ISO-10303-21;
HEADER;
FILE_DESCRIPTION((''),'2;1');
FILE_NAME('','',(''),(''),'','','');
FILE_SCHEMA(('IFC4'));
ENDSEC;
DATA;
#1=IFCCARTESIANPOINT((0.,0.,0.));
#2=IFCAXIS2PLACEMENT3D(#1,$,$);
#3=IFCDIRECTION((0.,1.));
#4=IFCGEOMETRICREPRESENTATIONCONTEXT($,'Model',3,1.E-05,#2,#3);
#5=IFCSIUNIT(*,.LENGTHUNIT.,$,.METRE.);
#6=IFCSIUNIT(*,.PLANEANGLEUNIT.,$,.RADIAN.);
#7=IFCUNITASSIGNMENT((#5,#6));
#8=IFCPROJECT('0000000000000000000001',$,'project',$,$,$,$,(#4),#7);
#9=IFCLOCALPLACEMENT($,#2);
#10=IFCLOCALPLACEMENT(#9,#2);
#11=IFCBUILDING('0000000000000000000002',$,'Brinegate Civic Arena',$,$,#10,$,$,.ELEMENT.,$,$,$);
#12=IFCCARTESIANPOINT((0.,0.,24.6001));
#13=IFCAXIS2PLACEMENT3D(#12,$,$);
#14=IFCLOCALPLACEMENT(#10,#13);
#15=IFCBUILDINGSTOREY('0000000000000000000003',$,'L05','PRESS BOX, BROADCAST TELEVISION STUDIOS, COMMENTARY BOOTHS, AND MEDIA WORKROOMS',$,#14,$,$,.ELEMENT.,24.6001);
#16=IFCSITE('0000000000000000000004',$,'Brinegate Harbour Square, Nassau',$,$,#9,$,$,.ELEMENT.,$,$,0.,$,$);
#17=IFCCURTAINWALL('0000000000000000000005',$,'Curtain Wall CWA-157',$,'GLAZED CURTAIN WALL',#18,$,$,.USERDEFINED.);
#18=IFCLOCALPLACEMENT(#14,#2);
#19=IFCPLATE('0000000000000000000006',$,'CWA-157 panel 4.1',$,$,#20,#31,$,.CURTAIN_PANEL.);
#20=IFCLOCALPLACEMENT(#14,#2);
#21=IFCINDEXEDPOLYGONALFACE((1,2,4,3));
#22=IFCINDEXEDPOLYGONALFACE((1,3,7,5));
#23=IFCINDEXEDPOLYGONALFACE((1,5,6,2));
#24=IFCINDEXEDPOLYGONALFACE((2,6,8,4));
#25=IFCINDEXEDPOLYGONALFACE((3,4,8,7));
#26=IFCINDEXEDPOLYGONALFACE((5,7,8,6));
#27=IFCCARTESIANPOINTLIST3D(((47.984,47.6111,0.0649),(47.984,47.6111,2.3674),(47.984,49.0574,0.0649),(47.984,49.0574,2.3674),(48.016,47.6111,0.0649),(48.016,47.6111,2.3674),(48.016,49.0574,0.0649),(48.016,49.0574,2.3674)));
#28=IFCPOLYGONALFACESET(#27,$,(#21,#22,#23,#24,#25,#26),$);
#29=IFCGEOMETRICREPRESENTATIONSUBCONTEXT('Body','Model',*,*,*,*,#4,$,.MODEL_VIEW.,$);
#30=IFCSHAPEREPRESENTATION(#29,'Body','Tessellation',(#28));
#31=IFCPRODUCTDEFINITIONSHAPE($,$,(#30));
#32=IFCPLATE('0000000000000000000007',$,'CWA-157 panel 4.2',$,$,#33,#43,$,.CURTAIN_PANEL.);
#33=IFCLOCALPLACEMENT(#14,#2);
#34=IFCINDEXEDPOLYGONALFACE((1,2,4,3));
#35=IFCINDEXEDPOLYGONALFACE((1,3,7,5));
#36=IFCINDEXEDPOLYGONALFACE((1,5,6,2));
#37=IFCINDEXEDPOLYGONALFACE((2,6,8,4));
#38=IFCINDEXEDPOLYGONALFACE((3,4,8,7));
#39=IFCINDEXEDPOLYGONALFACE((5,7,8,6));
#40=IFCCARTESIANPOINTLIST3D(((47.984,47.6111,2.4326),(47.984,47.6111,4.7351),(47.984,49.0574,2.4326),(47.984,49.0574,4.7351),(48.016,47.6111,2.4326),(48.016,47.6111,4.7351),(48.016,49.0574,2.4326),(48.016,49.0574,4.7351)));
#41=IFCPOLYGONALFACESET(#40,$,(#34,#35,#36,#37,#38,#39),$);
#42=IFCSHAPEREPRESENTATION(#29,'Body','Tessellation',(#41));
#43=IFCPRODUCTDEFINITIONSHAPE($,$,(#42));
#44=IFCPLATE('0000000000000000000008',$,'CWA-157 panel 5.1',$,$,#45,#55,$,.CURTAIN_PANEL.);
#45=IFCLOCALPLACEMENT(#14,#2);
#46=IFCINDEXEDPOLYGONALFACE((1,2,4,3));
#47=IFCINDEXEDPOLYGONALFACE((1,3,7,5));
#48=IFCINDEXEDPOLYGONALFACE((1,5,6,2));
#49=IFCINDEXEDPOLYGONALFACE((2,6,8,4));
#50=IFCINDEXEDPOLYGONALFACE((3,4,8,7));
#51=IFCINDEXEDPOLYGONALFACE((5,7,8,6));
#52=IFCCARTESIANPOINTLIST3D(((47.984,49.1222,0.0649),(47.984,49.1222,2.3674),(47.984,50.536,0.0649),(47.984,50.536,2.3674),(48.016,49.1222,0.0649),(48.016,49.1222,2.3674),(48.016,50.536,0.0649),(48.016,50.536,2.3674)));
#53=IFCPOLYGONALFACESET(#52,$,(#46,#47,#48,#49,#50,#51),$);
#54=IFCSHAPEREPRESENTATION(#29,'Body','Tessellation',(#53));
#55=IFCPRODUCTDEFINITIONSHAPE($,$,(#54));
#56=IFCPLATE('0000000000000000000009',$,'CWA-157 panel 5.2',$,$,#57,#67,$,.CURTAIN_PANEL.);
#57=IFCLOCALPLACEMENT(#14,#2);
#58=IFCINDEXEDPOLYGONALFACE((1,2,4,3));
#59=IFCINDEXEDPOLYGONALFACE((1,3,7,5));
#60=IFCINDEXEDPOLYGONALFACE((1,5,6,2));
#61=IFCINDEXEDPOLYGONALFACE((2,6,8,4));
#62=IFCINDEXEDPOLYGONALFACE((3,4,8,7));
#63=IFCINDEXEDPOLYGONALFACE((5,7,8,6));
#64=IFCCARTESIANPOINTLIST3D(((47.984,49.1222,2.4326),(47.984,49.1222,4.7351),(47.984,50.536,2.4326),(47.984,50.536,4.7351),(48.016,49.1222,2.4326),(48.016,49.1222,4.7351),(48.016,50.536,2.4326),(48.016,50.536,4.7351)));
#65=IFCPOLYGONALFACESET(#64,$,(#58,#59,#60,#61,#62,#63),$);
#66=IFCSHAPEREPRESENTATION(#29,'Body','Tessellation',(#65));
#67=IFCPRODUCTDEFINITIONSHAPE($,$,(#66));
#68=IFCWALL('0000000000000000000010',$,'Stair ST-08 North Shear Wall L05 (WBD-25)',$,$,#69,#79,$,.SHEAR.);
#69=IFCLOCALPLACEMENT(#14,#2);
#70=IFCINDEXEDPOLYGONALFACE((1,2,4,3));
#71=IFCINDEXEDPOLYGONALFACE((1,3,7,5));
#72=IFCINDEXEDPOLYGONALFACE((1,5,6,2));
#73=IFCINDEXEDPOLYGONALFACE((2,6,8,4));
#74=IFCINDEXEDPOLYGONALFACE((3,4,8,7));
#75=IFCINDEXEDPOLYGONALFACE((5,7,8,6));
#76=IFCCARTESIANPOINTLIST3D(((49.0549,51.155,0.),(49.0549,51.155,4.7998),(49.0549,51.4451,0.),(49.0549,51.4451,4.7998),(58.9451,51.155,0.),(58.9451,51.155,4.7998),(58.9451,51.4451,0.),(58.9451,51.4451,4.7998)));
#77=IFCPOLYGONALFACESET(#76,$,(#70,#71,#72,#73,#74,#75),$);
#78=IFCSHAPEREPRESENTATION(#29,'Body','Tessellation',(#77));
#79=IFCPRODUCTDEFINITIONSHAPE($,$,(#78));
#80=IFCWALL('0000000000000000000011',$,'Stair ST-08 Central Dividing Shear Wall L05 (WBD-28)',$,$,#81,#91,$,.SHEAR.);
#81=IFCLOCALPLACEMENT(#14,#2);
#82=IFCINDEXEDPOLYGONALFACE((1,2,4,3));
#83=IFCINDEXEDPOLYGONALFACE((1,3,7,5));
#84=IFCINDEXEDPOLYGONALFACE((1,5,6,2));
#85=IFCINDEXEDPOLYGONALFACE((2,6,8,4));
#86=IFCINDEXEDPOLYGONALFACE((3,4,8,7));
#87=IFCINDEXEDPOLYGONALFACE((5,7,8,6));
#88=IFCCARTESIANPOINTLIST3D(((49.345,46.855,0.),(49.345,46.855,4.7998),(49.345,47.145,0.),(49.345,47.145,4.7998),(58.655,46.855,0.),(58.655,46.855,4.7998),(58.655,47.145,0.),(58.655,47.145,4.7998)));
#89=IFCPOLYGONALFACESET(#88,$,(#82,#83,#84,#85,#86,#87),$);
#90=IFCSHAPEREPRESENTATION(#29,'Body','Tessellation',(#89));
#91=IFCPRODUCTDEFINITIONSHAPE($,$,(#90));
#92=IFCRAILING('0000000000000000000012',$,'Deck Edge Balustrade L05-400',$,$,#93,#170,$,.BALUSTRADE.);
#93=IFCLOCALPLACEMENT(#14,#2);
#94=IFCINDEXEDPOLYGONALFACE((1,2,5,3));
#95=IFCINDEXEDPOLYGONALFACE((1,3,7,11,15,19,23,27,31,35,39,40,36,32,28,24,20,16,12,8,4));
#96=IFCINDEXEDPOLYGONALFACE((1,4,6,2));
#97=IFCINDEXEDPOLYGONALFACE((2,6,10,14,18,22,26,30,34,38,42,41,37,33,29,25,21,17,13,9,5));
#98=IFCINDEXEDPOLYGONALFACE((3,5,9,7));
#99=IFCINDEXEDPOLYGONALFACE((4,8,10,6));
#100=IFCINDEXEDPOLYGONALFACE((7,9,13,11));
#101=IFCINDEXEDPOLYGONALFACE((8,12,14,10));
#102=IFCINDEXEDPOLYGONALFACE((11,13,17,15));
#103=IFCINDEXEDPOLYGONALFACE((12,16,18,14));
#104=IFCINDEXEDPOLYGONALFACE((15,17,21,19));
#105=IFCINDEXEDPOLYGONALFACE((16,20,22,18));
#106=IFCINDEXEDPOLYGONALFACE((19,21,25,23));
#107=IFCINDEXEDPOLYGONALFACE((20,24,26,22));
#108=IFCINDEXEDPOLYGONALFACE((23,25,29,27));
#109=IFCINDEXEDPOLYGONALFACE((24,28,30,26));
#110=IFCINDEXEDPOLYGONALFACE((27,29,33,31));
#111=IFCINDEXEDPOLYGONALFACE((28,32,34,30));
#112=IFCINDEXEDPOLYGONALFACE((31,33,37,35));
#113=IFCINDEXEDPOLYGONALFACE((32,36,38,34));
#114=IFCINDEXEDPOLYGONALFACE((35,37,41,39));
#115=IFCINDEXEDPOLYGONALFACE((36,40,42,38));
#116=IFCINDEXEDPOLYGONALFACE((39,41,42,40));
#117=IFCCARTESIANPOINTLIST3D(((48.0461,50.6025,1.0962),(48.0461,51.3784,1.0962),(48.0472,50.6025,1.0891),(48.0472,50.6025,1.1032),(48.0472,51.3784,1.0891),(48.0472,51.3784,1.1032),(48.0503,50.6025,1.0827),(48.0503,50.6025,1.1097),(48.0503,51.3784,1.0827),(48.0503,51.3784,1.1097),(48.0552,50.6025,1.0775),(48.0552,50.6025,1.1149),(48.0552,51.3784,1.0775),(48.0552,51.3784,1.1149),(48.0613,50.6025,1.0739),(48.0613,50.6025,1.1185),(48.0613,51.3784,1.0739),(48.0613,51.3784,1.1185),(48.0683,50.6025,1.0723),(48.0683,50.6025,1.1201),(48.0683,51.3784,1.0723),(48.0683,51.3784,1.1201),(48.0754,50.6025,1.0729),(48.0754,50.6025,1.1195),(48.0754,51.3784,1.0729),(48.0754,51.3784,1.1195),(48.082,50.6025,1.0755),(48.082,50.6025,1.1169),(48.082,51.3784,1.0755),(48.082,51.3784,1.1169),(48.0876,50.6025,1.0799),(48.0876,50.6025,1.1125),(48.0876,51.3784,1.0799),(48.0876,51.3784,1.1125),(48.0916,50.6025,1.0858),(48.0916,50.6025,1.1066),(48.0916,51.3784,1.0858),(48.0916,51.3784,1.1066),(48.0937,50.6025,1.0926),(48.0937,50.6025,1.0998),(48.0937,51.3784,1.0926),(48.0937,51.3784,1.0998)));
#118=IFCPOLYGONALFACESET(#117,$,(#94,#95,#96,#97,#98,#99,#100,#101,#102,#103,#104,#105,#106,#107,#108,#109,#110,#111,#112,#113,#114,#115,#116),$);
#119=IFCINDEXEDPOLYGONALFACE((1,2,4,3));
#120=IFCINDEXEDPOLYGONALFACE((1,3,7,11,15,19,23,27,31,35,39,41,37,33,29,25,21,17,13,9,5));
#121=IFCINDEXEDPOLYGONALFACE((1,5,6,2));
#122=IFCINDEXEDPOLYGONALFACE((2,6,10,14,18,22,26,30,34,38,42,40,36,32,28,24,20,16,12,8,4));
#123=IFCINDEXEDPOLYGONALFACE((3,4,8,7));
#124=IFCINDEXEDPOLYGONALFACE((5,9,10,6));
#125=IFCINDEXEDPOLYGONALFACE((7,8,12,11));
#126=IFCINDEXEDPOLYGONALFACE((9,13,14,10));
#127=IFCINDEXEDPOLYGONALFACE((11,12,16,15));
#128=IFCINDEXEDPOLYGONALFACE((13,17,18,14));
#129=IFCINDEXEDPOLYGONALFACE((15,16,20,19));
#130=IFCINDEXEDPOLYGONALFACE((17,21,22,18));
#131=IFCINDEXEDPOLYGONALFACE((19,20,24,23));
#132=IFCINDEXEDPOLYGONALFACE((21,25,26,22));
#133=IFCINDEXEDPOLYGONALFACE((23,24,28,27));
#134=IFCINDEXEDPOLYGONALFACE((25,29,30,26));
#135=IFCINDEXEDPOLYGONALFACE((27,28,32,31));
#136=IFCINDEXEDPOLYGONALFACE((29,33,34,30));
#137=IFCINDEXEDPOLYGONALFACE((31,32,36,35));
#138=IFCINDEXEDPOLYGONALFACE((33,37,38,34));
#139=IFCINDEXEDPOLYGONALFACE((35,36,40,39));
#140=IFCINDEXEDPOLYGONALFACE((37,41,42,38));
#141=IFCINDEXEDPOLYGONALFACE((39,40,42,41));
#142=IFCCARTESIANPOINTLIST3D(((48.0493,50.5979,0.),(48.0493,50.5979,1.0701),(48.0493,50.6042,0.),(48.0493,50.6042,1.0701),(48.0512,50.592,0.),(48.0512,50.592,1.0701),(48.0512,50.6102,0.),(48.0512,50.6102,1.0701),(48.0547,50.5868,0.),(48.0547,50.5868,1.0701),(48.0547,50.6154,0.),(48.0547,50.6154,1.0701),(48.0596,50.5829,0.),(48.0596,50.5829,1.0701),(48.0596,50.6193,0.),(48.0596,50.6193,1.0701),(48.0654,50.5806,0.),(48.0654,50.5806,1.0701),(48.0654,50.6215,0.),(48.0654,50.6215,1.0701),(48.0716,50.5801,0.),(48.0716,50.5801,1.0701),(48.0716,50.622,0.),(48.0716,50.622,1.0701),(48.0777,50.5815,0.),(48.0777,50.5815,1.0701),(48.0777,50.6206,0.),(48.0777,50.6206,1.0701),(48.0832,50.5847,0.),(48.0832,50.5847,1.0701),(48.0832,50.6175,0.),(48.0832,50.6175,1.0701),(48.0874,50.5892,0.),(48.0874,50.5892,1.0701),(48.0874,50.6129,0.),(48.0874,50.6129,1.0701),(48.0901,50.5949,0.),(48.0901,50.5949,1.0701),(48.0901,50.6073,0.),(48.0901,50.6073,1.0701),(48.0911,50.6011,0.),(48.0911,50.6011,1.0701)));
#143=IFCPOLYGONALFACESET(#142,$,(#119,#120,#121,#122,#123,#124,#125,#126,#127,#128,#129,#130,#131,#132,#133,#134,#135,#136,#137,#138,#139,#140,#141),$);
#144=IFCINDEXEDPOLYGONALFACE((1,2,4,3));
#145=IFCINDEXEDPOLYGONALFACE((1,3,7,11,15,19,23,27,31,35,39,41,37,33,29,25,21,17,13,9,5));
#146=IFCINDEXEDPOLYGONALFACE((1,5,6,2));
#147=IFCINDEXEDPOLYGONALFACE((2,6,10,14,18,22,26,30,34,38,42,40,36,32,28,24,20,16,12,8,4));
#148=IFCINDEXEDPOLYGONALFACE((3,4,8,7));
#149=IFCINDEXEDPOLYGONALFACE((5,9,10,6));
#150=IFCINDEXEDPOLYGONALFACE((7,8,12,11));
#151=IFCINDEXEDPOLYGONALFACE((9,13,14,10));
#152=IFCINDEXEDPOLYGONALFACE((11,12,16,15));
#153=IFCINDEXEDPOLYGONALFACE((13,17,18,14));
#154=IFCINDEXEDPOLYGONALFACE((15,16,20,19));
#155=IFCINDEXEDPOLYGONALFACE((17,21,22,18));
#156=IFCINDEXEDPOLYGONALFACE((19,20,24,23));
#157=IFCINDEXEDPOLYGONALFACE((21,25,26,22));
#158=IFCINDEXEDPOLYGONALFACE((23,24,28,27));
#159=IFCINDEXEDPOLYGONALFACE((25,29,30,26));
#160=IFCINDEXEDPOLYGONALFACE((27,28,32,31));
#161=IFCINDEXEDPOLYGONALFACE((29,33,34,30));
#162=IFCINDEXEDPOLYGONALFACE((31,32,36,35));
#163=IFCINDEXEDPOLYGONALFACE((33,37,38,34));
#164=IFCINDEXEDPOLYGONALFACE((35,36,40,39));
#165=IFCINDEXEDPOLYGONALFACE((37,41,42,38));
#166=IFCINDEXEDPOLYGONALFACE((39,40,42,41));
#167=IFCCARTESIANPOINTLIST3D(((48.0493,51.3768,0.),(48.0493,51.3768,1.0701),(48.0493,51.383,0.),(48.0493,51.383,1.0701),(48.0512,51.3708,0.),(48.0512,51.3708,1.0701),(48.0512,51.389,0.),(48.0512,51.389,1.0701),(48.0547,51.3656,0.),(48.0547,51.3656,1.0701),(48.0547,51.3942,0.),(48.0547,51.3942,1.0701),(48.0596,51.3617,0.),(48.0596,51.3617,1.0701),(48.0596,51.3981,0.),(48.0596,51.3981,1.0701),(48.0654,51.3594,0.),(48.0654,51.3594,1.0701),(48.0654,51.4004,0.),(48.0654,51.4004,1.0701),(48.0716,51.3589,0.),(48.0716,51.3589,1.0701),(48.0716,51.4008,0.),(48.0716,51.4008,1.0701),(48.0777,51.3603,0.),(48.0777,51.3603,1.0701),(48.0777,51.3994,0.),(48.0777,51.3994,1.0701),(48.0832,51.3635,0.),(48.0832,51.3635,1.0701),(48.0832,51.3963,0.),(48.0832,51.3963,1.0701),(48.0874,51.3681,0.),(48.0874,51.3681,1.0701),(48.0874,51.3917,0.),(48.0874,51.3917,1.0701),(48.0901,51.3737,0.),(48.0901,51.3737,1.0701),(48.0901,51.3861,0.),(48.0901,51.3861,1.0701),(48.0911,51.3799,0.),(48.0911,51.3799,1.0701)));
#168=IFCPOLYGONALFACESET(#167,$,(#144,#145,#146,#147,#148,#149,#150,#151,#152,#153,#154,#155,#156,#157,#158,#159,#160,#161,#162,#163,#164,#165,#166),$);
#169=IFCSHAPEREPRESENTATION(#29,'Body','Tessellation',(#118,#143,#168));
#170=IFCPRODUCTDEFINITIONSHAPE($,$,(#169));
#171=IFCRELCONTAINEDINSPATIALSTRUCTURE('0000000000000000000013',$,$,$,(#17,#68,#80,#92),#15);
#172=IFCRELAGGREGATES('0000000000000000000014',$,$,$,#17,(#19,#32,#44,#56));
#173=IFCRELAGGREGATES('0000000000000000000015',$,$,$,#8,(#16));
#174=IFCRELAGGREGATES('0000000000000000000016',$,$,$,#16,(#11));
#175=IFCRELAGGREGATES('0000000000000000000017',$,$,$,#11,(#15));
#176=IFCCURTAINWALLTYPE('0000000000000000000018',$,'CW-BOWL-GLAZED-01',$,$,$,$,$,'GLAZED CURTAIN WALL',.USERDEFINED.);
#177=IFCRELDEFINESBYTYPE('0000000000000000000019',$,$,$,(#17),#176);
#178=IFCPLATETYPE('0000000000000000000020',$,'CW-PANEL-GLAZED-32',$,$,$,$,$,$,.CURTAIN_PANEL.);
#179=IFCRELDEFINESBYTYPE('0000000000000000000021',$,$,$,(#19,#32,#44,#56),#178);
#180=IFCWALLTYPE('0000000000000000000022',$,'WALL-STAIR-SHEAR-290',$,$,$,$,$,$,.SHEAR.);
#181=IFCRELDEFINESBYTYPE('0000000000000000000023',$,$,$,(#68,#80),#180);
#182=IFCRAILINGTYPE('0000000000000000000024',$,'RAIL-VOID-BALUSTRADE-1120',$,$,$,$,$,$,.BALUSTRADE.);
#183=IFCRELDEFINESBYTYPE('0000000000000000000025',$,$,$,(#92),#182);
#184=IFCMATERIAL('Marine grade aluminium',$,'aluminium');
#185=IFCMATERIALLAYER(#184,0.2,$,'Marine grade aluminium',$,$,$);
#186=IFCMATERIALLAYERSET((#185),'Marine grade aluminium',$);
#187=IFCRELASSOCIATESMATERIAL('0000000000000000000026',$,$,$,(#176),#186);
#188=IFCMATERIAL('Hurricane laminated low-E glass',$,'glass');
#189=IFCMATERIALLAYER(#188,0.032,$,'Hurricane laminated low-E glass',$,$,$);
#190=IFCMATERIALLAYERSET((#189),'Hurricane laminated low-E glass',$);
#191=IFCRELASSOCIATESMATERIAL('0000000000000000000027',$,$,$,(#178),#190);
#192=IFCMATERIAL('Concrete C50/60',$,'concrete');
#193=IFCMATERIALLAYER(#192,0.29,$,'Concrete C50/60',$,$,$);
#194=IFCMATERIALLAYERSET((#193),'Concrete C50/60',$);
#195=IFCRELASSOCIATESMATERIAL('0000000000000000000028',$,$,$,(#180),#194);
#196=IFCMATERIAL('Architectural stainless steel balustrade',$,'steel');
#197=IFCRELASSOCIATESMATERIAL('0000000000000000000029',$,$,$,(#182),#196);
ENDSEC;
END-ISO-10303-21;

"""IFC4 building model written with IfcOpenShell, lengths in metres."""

from ifc_helpers import new_model, si_unit, direction, frame, frame_2d, origin, origin_2d, place, context, subcontext, project, spatial, rectangle, circle, extrude, material, layer, layer_set, type_object, element, aggregate, save


model = new_model("IFC4")

# Units and contexts
model_context = context("Model", 3, precision=1e-05, world=origin(), true_north=direction((0.0, 1.0)))
body_context = subcontext(model_context, "Body", "Model", "MODEL_VIEW")
ifc_project = project(units=[si_unit("LENGTHUNIT", "METRE"), si_unit("PLANEANGLEUNIT", "RADIAN")], contexts=[model_context])

# Site, building, storey
site_placement = place(None, origin())
site = spatial("IfcSite", under=ifc_project, at=site_placement, Name="Brinegate Harbour Square, Nassau", CompositionType="ELEMENT", RefElevation=0.0)
building_placement = place(site_placement, origin())
building = spatial("IfcBuilding", under=site, at=building_placement, Name="Brinegate Civic Arena", CompositionType="ELEMENT")
storey_placement = place(building_placement, frame((0.0, 0.0, 24.6001)))
storey = spatial("IfcBuildingStorey", under=building, at=storey_placement, Name="L05", Description="PRESS BOX, BROADCAST TELEVISION STUDIOS, COMMENTARY BOOTHS, AND MEDIA WORKROOMS", CompositionType="ELEMENT", Elevation=24.6001)

# Shared definitions
ifc_material_1 = material(Name="Concrete C50/60", Category="concrete")

# Curtain wall
ifc_material_2 = material(Name="Marine grade aluminium", Category="aluminium")
ifc_layer_1 = layer(ifc_material_2, 0.2, Name="Marine grade aluminium")
ifc_layer_set_1 = layer_set([ifc_layer_1], Name="Marine grade aluminium")
curtain_wall_type = type_object("IfcCurtainWallType", Name="CW-BOWL-GLAZED-01", ElementType="GLAZED CURTAIN WALL", PredefinedType="USERDEFINED", material=ifc_layer_set_1)
curtain_wall_placement = place(storey_placement, origin())
curtain_wall = element("IfcCurtainWall", 1, at=curtain_wall_placement, inside=storey, type_object=curtain_wall_type, Name="Curtain Wall CWA-157", ObjectType="GLAZED CURTAIN WALL", PredefinedType="USERDEFINED")

# Plates
ifc_material_3 = material(Name="Hurricane laminated low-E glass", Category="glass")
ifc_layer_2 = layer(ifc_material_3, 0.032, Name="Hurricane laminated low-E glass")
ifc_layer_set_2 = layer_set([ifc_layer_2], Name="Hurricane laminated low-E glass")
plate_type = type_object("IfcPlateType", Name="CW-PANEL-GLAZED-32", PredefinedType="CURTAIN_PANEL", material=ifc_layer_set_2)
plate_1_placement = place(storey_placement, frame((48.0, 48.3342, 0.0649), z_axis=(0.0, 0.0, 1.0), x_axis=(0.0, 1.0, 0.0)))
plate_1 = element("IfcPlate", 2, at=plate_1_placement, type_object=plate_type, Name="CWA-157 panel 4.1", PredefinedType="CURTAIN_PANEL", context=body_context, shape_type="SweptSolid", body=[
    extrude(rectangle(XDim=1.4463, YDim=0.032, at=origin_2d()), origin(), (0.0, 0.0, 1.0), 2.3025),
])
plate_2_placement = place(storey_placement, frame((48.0, 48.3342, 2.4326), z_axis=(0.0, 0.0, 1.0), x_axis=(0.0, 1.0, 0.0)))
plate_2 = element("IfcPlate", 3, at=plate_2_placement, type_object=plate_type, Name="CWA-157 panel 4.2", PredefinedType="CURTAIN_PANEL", context=body_context, shape_type="SweptSolid", body=[
    extrude(rectangle(XDim=1.4463, YDim=0.032, at=origin_2d()), origin(), (0.0, 0.0, 1.0), 2.3025),
])
plate_3_placement = place(storey_placement, frame((48.0, 49.8291, 0.0649), z_axis=(0.0, 0.0, 1.0), x_axis=(0.0, 1.0, 0.0)))
plate_3 = element("IfcPlate", 4, at=plate_3_placement, type_object=plate_type, Name="CWA-157 panel 5.1", PredefinedType="CURTAIN_PANEL", context=body_context, shape_type="SweptSolid", body=[
    extrude(rectangle(XDim=1.4138, YDim=0.032, at=origin_2d()), origin(), (0.0, 0.0, 1.0), 2.3025),
])
plate_4_placement = place(storey_placement, frame((48.0, 49.8291, 2.4326), z_axis=(0.0, 0.0, 1.0), x_axis=(0.0, 1.0, 0.0)))
plate_4 = element("IfcPlate", 5, at=plate_4_placement, type_object=plate_type, Name="CWA-157 panel 5.2", PredefinedType="CURTAIN_PANEL", context=body_context, shape_type="SweptSolid", body=[
    extrude(rectangle(XDim=1.4138, YDim=0.032, at=origin_2d()), origin(), (0.0, 0.0, 1.0), 2.3025),
])
aggregate(curtain_wall, [plate_1, plate_2, plate_3, plate_4])

# Walls
ifc_layer_3 = layer(ifc_material_1, 0.29, Name="Concrete C50/60")
ifc_layer_set_3 = layer_set([ifc_layer_3], Name="Concrete C50/60")
wall_type = type_object("IfcWallType", Name="WALL-STAIR-SHEAR-290", PredefinedType="SHEAR", material=ifc_layer_set_3)
wall_1_placement = place(storey_placement, frame((49.0549, 51.3, 0.0), z_axis=(0.0, 0.0, 1.0), x_axis=(1.0, 0.0, 0.0)))
element("IfcWall", 6, at=wall_1_placement, inside=storey, type_object=wall_type, Name="Stair ST-08 North Shear Wall L05 (WBD-25)", PredefinedType="SHEAR", context=body_context, shape_type="SweptSolid", body=[
    extrude(rectangle(XDim=9.8901, YDim=0.29, at=frame_2d((4.9451, 0.0))), origin(), (0.0, 0.0, 1.0), 4.7998),
])
wall_2_placement = place(storey_placement, frame((49.345, 47.0, 0.0), z_axis=(0.0, 0.0, 1.0), x_axis=(1.0, 0.0, 0.0)))
element("IfcWall", 7, at=wall_2_placement, inside=storey, type_object=wall_type, Name="Stair ST-08 Central Dividing Shear Wall L05 (WBD-28)", PredefinedType="SHEAR", context=body_context, shape_type="SweptSolid", body=[
    extrude(rectangle(XDim=9.3101, YDim=0.29, at=frame_2d((4.655, 0.0))), origin(), (0.0, 0.0, 1.0), 4.7998),
])

# Railing
ifc_material_4 = material(Name="Architectural stainless steel balustrade", Category="steel")
railing_type = type_object("IfcRailingType", Name="RAIL-VOID-BALUSTRADE-1120", PredefinedType="BALUSTRADE", material=ifc_material_4)
railing_placement = place(storey_placement, frame((48.0701, 50.6011, 0.0)))
element("IfcRailing", 8, at=railing_placement, inside=storey, type_object=railing_type, Name="Deck Edge Balustrade L05-400", PredefinedType="BALUSTRADE", context=body_context, shape_type="SweptSolid", body=[
    extrude(circle(Radius=0.0239, at=origin_2d()), frame((0.0, 0.0015, 1.0962), z_axis=(0.0, 1.0, 0.0), x_axis=(-1.0, 0.0, 0.0)), (0.0, 0.0, 1.0), 0.7759),
    extrude(circle(Radius=0.021, at=origin_2d()), origin(), (0.0, 0.0, 1.0), 1.0701),
    extrude(circle(Radius=0.021, at=origin_2d()), frame((0.0, 0.7788, 0.0)), (0.0, 0.0, 1.0), 1.0701),
])

save(model, "model.ifc")
